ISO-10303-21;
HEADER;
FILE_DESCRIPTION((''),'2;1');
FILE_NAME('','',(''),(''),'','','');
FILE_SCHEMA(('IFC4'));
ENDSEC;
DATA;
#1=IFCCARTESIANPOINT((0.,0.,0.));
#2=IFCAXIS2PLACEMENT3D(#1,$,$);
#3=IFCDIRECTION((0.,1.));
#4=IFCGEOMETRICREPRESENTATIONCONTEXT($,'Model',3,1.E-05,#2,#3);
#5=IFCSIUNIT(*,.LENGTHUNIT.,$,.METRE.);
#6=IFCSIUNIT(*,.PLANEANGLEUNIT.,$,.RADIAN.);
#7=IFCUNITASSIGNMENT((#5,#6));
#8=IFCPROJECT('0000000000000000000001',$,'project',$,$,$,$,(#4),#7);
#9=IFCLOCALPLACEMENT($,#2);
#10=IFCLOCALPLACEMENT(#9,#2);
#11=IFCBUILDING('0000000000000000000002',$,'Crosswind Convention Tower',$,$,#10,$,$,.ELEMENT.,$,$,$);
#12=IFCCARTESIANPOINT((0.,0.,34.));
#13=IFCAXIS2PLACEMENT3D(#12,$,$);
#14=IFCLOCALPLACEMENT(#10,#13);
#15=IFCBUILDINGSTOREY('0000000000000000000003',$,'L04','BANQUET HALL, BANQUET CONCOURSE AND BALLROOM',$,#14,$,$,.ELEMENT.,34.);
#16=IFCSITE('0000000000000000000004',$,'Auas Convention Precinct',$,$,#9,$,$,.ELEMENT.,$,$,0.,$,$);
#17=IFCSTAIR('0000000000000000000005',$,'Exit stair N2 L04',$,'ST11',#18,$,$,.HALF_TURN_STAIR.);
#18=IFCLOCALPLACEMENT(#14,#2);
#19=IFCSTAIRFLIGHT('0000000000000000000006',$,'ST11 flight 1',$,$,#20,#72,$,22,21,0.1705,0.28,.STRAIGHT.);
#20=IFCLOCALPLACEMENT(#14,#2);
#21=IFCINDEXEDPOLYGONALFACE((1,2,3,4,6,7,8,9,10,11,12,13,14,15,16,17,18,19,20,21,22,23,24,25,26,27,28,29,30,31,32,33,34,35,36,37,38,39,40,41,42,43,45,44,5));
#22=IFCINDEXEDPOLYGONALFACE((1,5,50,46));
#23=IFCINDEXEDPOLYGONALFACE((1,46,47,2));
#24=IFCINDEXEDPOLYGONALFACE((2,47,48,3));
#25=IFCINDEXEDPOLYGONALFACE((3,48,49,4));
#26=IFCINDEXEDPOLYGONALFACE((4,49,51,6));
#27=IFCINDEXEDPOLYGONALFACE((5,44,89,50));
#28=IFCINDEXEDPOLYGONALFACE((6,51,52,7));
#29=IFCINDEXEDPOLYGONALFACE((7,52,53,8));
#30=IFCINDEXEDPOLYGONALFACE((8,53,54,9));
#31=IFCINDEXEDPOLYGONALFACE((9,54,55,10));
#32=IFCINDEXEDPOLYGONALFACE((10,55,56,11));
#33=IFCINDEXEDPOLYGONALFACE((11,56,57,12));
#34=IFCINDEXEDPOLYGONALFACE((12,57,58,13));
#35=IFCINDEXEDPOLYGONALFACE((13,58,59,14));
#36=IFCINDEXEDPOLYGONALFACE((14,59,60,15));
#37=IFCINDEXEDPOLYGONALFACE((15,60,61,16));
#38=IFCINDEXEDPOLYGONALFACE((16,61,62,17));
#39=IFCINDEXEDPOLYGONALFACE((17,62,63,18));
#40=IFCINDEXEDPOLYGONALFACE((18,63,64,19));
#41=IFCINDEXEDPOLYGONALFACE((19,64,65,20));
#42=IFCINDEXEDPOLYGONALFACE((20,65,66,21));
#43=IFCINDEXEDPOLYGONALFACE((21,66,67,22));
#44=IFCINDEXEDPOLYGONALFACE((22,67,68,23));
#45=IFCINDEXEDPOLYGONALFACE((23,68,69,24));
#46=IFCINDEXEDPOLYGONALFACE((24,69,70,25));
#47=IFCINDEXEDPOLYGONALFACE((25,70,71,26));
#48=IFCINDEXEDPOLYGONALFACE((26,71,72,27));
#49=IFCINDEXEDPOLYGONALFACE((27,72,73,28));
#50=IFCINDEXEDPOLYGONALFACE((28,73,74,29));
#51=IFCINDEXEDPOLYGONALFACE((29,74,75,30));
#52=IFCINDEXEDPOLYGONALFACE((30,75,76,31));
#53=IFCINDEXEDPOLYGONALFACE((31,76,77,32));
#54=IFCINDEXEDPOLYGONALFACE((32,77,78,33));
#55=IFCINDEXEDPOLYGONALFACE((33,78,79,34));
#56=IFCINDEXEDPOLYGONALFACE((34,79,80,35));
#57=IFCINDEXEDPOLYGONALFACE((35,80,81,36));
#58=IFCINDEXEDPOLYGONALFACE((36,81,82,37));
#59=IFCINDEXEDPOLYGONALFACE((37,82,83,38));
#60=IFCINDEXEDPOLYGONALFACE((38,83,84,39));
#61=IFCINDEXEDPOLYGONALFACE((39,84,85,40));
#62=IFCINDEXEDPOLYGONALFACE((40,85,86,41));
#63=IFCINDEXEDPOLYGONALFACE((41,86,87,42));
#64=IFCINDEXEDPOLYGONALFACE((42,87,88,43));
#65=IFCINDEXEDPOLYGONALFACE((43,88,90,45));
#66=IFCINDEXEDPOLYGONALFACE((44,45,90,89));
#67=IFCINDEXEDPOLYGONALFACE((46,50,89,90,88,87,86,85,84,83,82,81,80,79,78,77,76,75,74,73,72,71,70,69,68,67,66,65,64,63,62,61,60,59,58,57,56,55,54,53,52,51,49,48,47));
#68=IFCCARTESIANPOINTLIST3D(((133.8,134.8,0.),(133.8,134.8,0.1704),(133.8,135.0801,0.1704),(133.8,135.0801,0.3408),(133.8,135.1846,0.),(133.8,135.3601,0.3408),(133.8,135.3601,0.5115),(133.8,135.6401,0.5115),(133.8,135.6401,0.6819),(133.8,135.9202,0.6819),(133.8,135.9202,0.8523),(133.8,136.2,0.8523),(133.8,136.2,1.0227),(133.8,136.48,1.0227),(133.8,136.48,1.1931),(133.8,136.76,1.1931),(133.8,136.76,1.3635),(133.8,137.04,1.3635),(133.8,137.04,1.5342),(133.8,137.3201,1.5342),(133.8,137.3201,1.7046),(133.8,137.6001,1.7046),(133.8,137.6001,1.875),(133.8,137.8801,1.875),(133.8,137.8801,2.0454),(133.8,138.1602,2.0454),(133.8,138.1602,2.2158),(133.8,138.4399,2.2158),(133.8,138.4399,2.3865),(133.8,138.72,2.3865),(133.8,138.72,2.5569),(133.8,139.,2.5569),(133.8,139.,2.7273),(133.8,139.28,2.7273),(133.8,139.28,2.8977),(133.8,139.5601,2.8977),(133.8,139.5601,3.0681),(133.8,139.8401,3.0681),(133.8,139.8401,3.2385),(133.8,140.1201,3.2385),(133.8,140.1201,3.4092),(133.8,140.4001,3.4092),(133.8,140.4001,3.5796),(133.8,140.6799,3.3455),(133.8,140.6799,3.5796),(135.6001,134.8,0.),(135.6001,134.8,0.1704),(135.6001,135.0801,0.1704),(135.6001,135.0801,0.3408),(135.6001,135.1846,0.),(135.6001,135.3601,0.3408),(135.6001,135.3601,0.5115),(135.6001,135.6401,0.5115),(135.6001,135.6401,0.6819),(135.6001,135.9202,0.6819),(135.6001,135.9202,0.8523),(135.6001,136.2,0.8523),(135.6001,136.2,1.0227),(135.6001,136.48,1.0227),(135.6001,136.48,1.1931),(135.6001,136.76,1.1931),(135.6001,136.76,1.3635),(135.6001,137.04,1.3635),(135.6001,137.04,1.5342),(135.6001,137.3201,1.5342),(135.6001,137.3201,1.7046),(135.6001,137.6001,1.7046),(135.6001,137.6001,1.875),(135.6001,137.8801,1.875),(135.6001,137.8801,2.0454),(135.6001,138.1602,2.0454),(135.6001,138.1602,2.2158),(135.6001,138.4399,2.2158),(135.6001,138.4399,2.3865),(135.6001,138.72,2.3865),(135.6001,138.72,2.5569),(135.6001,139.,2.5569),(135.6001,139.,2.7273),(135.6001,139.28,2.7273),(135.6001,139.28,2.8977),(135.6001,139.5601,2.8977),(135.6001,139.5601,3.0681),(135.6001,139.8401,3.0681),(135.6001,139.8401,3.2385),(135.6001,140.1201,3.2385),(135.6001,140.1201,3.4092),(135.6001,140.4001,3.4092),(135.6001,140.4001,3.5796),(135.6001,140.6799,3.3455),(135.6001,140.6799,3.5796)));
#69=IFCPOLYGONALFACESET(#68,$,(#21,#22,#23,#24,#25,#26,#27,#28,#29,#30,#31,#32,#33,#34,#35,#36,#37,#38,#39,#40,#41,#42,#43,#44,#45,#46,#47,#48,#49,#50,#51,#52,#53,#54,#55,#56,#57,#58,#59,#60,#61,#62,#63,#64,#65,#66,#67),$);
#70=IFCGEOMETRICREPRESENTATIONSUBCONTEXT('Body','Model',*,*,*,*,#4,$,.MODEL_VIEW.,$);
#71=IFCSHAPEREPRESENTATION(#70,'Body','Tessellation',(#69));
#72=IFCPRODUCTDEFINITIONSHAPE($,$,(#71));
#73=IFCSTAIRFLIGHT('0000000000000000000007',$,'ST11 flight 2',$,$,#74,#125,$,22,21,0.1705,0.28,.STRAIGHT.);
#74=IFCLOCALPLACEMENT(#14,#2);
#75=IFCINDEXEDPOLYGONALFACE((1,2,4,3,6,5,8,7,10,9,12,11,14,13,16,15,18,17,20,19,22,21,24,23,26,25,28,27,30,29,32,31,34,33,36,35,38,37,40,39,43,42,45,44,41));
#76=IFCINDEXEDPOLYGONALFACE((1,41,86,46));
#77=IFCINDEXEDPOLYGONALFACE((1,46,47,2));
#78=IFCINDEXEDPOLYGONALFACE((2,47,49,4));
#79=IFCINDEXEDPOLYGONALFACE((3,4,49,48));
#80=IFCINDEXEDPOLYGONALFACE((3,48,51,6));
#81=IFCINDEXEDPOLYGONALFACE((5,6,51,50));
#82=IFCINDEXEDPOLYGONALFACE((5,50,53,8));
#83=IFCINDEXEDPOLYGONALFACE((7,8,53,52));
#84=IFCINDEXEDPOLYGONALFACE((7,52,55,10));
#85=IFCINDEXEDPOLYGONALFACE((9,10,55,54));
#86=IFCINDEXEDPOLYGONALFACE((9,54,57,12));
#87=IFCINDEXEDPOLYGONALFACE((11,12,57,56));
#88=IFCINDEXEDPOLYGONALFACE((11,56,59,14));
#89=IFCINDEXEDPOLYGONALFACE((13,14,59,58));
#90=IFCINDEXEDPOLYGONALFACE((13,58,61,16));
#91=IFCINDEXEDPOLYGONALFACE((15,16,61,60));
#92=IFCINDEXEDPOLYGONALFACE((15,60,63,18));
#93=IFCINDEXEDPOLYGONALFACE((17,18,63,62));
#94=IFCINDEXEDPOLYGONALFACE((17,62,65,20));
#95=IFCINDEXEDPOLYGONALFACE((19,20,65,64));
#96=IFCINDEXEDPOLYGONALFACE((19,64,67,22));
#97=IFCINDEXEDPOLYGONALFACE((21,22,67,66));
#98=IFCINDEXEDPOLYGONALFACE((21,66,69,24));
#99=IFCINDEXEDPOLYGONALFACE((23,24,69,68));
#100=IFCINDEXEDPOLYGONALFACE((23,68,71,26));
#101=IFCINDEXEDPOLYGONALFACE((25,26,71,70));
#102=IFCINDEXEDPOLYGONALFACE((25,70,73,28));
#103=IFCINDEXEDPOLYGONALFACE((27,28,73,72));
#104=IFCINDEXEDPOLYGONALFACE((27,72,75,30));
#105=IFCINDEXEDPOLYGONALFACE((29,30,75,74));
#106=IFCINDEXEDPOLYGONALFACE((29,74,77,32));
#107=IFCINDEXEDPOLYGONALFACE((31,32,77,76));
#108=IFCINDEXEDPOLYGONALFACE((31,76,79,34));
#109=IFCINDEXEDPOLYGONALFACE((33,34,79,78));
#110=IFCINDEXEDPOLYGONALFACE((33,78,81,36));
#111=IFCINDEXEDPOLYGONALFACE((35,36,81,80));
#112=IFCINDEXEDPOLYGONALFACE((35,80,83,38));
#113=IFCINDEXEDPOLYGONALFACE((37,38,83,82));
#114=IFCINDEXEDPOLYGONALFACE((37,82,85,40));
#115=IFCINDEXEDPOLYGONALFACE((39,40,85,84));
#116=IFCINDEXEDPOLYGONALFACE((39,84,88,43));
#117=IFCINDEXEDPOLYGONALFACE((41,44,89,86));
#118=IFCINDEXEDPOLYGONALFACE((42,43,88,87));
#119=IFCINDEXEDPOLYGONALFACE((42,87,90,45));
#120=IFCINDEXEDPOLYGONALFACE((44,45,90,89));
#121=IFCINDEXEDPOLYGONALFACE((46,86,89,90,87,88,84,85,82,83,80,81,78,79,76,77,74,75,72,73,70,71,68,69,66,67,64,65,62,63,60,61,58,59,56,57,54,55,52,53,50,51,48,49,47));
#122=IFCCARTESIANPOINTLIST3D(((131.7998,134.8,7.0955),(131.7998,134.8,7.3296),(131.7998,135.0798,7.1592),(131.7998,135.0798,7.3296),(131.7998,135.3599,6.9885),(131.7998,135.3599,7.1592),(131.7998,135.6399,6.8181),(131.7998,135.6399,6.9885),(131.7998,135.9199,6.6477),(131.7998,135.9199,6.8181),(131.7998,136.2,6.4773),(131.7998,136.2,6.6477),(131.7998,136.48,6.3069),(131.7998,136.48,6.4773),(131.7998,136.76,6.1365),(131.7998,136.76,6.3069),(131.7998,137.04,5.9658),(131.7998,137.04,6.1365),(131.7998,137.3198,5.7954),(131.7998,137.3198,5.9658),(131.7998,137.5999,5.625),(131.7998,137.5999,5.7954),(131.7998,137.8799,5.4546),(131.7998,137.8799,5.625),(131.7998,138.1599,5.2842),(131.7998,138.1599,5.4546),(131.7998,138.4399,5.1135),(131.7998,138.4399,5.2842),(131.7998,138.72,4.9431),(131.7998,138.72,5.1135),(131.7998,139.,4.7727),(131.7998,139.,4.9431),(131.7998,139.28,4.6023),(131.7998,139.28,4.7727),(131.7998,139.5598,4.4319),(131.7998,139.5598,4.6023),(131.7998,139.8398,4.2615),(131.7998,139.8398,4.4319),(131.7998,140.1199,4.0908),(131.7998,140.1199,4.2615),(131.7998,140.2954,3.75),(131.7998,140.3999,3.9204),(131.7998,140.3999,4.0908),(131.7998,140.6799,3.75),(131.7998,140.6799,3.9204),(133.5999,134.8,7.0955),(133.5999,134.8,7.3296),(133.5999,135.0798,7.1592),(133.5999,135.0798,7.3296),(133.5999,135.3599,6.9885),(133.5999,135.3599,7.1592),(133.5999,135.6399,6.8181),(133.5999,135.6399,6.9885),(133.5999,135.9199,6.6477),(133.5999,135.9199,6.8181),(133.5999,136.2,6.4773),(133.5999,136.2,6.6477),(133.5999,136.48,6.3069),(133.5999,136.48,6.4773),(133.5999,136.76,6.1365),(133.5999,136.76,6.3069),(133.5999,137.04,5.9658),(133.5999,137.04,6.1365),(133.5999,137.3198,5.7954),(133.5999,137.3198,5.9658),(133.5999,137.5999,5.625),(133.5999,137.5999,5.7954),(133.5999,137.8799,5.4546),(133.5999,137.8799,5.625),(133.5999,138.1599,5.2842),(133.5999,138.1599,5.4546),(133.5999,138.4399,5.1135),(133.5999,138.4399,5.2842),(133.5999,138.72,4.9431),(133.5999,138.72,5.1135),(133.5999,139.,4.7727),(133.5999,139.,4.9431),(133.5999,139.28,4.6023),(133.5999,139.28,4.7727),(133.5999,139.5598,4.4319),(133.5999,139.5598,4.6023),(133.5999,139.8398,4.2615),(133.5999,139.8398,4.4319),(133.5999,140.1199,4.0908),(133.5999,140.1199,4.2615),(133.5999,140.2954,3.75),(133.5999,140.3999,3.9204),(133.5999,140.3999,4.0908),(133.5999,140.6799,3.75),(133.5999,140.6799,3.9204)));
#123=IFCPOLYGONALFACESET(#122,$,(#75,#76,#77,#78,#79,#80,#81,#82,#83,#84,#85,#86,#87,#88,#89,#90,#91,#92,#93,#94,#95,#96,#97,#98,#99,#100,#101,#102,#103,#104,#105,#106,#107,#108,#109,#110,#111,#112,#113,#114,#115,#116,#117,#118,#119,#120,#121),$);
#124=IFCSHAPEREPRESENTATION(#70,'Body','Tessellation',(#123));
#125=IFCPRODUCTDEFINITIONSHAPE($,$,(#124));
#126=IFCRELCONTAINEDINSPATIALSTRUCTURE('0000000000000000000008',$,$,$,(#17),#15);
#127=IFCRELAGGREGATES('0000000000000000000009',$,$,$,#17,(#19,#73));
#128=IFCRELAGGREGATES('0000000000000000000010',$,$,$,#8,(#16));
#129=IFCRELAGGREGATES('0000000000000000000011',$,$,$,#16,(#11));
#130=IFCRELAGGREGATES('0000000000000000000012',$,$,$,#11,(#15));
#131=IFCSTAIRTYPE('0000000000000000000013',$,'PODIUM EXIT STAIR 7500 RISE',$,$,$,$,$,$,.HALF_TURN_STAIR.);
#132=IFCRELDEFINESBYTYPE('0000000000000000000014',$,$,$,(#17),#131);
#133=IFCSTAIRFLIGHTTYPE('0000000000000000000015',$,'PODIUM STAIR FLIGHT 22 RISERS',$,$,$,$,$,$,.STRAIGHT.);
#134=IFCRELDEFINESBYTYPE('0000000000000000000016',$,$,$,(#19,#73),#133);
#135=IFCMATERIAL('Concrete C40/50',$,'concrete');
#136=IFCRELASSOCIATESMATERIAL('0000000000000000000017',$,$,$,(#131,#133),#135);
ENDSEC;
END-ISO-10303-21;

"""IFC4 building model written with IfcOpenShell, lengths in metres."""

from ifc_helpers import new_model, si_unit, direction, frame, origin, place, context, subcontext, project, spatial, polyline, outline, extrude, material, type_object, element, aggregate, save


model = new_model("IFC4")

# Units and contexts
model_context = context("Model", 3, precision=1e-05, world=origin(), true_north=direction((0.0, 1.0)))
body_context = subcontext(model_context, "Body", "Model", "MODEL_VIEW")
ifc_project = project(units=[si_unit("LENGTHUNIT", "METRE"), si_unit("PLANEANGLEUNIT", "RADIAN")], contexts=[model_context])

# Site, building, storey
site_placement = place(None, origin())
site = spatial("IfcSite", under=ifc_project, at=site_placement, Name="Auas Convention Precinct", CompositionType="ELEMENT", RefElevation=0.0)
building_placement = place(site_placement, origin())
building = spatial("IfcBuilding", under=site, at=building_placement, Name="Crosswind Convention Tower", CompositionType="ELEMENT")
storey_placement = place(building_placement, frame((0.0, 0.0, 34.0)))
storey = spatial("IfcBuildingStorey", under=building, at=storey_placement, Name="L04", Description="BANQUET HALL, BANQUET CONCOURSE AND BALLROOM", CompositionType="ELEMENT", Elevation=34.0)

# Shared definitions
ifc_material_1 = material(Name="Concrete C40/50", Category="concrete")

# Stair, stair flights
stair_type = type_object("IfcStairType", Name="PODIUM EXIT STAIR 7500 RISE", PredefinedType="HALF_TURN_STAIR", material=ifc_material_1)
stair_placement = place(storey_placement, origin())
stair = element("IfcStair", 1, at=stair_placement, inside=storey, type_object=stair_type, Name="Exit stair N2 L04", ObjectType="ST11", PredefinedType="HALF_TURN_STAIR")
stair_flight_type = type_object("IfcStairFlightType", Name="PODIUM STAIR FLIGHT 22 RISERS", PredefinedType="STRAIGHT", material=ifc_material_1)
stair_flight_1_placement = place(storey_placement, frame((134.7, 134.8, 0.0), z_axis=(0.0, 0.0, 1.0), x_axis=(0.0, 1.0, 0.0)))
stair_flight_1 = element("IfcStairFlight", 2, at=stair_flight_1_placement, type_object=stair_flight_type, Name="ST11 flight 1", NumberOfRisers=22, NumberOfTreads=21, PredefinedType="STRAIGHT", RiserHeight=0.1705, TreadLength=0.28, context=body_context, shape_type="SweptSolid", body=[
    extrude(outline(polyline([(0.0, 0.0), (0.0, 0.1704), (0.28, 0.1704), (0.28, 0.3408), (0.5601, 0.3408), (0.5601, 0.5115), (0.8401, 0.5115), (0.8401, 0.6819), (1.1201, 0.6819), (1.1201, 0.8523), (1.3999, 0.8523), (1.3999, 1.0227), (1.6799, 1.0227), (1.6799, 1.1931), (1.96, 1.1931), (1.96, 1.3635), (2.24, 1.3635), (2.24, 1.5342), (2.52, 1.5342), (2.52, 1.7046), (2.8, 1.7046), (2.8, 1.875), (3.0801, 1.875), (3.0801, 2.0454), (3.3601, 2.0454), (3.3601, 2.2158), (3.6399, 2.2158), (3.6399, 2.3865), (3.9199, 2.3865), (3.9199, 2.5569), (4.2, 2.5569), (4.2, 2.7273), (4.48, 2.7273), (4.48, 2.8977), (4.76, 2.8977), (4.76, 3.0681), (5.04, 3.0681), (5.04, 3.2385), (5.3201, 3.2385), (5.3201, 3.4092), (5.6001, 3.4092), (5.6001, 3.5796), (5.8799, 3.5796), (5.8799, 3.75), (5.8799, 3.3455), (0.3845, 0.0), (0.0, 0.0)])), frame((0.0, 0.8999, 0.0), z_axis=(0.0, -1.0, 0.0), x_axis=(1.0, 0.0, 0.0)), (0.0, 0.0, 1.0), 1.8),
])
stair_flight_2_placement = place(storey_placement, frame((132.7, 140.6799, 3.75), z_axis=(0.0, 0.0, 1.0), x_axis=(0.0, -1.0, 0.0)))
stair_flight_2 = element("IfcStairFlight", 3, at=stair_flight_2_placement, type_object=stair_flight_type, Name="ST11 flight 2", NumberOfRisers=22, NumberOfTreads=21, PredefinedType="STRAIGHT", RiserHeight=0.1705, TreadLength=0.28, context=body_context, shape_type="SweptSolid", body=[
    extrude(outline(polyline([(0.0, 0.0), (0.0, 0.1704), (0.28, 0.1704), (0.28, 0.3408), (0.5601, 0.3408), (0.5601, 0.5115), (0.8401, 0.5115), (0.8401, 0.6819), (1.1201, 0.6819), (1.1201, 0.8523), (1.3999, 0.8523), (1.3999, 1.0227), (1.6799, 1.0227), (1.6799, 1.1931), (1.96, 1.1931), (1.96, 1.3635), (2.24, 1.3635), (2.24, 1.5342), (2.52, 1.5342), (2.52, 1.7046), (2.8, 1.7046), (2.8, 1.875), (3.0801, 1.875), (3.0801, 2.0454), (3.3601, 2.0454), (3.3601, 2.2158), (3.6399, 2.2158), (3.6399, 2.3865), (3.9199, 2.3865), (3.9199, 2.5569), (4.2, 2.5569), (4.2, 2.7273), (4.48, 2.7273), (4.48, 2.8977), (4.76, 2.8977), (4.76, 3.0681), (5.04, 3.0681), (5.04, 3.2385), (5.3201, 3.2385), (5.3201, 3.4092), (5.6001, 3.4092), (5.6001, 3.5796), (5.8799, 3.5796), (5.8799, 3.75), (5.8799, 3.3455), (0.3845, 0.0), (0.0, 0.0)])), frame((0.0, 0.8999, 0.0), z_axis=(0.0, -1.0, 0.0), x_axis=(1.0, 0.0, 0.0)), (0.0, 0.0, 1.0), 1.8),
])
aggregate(stair, [stair_flight_1, stair_flight_2])

save(model, "model.ifc")
